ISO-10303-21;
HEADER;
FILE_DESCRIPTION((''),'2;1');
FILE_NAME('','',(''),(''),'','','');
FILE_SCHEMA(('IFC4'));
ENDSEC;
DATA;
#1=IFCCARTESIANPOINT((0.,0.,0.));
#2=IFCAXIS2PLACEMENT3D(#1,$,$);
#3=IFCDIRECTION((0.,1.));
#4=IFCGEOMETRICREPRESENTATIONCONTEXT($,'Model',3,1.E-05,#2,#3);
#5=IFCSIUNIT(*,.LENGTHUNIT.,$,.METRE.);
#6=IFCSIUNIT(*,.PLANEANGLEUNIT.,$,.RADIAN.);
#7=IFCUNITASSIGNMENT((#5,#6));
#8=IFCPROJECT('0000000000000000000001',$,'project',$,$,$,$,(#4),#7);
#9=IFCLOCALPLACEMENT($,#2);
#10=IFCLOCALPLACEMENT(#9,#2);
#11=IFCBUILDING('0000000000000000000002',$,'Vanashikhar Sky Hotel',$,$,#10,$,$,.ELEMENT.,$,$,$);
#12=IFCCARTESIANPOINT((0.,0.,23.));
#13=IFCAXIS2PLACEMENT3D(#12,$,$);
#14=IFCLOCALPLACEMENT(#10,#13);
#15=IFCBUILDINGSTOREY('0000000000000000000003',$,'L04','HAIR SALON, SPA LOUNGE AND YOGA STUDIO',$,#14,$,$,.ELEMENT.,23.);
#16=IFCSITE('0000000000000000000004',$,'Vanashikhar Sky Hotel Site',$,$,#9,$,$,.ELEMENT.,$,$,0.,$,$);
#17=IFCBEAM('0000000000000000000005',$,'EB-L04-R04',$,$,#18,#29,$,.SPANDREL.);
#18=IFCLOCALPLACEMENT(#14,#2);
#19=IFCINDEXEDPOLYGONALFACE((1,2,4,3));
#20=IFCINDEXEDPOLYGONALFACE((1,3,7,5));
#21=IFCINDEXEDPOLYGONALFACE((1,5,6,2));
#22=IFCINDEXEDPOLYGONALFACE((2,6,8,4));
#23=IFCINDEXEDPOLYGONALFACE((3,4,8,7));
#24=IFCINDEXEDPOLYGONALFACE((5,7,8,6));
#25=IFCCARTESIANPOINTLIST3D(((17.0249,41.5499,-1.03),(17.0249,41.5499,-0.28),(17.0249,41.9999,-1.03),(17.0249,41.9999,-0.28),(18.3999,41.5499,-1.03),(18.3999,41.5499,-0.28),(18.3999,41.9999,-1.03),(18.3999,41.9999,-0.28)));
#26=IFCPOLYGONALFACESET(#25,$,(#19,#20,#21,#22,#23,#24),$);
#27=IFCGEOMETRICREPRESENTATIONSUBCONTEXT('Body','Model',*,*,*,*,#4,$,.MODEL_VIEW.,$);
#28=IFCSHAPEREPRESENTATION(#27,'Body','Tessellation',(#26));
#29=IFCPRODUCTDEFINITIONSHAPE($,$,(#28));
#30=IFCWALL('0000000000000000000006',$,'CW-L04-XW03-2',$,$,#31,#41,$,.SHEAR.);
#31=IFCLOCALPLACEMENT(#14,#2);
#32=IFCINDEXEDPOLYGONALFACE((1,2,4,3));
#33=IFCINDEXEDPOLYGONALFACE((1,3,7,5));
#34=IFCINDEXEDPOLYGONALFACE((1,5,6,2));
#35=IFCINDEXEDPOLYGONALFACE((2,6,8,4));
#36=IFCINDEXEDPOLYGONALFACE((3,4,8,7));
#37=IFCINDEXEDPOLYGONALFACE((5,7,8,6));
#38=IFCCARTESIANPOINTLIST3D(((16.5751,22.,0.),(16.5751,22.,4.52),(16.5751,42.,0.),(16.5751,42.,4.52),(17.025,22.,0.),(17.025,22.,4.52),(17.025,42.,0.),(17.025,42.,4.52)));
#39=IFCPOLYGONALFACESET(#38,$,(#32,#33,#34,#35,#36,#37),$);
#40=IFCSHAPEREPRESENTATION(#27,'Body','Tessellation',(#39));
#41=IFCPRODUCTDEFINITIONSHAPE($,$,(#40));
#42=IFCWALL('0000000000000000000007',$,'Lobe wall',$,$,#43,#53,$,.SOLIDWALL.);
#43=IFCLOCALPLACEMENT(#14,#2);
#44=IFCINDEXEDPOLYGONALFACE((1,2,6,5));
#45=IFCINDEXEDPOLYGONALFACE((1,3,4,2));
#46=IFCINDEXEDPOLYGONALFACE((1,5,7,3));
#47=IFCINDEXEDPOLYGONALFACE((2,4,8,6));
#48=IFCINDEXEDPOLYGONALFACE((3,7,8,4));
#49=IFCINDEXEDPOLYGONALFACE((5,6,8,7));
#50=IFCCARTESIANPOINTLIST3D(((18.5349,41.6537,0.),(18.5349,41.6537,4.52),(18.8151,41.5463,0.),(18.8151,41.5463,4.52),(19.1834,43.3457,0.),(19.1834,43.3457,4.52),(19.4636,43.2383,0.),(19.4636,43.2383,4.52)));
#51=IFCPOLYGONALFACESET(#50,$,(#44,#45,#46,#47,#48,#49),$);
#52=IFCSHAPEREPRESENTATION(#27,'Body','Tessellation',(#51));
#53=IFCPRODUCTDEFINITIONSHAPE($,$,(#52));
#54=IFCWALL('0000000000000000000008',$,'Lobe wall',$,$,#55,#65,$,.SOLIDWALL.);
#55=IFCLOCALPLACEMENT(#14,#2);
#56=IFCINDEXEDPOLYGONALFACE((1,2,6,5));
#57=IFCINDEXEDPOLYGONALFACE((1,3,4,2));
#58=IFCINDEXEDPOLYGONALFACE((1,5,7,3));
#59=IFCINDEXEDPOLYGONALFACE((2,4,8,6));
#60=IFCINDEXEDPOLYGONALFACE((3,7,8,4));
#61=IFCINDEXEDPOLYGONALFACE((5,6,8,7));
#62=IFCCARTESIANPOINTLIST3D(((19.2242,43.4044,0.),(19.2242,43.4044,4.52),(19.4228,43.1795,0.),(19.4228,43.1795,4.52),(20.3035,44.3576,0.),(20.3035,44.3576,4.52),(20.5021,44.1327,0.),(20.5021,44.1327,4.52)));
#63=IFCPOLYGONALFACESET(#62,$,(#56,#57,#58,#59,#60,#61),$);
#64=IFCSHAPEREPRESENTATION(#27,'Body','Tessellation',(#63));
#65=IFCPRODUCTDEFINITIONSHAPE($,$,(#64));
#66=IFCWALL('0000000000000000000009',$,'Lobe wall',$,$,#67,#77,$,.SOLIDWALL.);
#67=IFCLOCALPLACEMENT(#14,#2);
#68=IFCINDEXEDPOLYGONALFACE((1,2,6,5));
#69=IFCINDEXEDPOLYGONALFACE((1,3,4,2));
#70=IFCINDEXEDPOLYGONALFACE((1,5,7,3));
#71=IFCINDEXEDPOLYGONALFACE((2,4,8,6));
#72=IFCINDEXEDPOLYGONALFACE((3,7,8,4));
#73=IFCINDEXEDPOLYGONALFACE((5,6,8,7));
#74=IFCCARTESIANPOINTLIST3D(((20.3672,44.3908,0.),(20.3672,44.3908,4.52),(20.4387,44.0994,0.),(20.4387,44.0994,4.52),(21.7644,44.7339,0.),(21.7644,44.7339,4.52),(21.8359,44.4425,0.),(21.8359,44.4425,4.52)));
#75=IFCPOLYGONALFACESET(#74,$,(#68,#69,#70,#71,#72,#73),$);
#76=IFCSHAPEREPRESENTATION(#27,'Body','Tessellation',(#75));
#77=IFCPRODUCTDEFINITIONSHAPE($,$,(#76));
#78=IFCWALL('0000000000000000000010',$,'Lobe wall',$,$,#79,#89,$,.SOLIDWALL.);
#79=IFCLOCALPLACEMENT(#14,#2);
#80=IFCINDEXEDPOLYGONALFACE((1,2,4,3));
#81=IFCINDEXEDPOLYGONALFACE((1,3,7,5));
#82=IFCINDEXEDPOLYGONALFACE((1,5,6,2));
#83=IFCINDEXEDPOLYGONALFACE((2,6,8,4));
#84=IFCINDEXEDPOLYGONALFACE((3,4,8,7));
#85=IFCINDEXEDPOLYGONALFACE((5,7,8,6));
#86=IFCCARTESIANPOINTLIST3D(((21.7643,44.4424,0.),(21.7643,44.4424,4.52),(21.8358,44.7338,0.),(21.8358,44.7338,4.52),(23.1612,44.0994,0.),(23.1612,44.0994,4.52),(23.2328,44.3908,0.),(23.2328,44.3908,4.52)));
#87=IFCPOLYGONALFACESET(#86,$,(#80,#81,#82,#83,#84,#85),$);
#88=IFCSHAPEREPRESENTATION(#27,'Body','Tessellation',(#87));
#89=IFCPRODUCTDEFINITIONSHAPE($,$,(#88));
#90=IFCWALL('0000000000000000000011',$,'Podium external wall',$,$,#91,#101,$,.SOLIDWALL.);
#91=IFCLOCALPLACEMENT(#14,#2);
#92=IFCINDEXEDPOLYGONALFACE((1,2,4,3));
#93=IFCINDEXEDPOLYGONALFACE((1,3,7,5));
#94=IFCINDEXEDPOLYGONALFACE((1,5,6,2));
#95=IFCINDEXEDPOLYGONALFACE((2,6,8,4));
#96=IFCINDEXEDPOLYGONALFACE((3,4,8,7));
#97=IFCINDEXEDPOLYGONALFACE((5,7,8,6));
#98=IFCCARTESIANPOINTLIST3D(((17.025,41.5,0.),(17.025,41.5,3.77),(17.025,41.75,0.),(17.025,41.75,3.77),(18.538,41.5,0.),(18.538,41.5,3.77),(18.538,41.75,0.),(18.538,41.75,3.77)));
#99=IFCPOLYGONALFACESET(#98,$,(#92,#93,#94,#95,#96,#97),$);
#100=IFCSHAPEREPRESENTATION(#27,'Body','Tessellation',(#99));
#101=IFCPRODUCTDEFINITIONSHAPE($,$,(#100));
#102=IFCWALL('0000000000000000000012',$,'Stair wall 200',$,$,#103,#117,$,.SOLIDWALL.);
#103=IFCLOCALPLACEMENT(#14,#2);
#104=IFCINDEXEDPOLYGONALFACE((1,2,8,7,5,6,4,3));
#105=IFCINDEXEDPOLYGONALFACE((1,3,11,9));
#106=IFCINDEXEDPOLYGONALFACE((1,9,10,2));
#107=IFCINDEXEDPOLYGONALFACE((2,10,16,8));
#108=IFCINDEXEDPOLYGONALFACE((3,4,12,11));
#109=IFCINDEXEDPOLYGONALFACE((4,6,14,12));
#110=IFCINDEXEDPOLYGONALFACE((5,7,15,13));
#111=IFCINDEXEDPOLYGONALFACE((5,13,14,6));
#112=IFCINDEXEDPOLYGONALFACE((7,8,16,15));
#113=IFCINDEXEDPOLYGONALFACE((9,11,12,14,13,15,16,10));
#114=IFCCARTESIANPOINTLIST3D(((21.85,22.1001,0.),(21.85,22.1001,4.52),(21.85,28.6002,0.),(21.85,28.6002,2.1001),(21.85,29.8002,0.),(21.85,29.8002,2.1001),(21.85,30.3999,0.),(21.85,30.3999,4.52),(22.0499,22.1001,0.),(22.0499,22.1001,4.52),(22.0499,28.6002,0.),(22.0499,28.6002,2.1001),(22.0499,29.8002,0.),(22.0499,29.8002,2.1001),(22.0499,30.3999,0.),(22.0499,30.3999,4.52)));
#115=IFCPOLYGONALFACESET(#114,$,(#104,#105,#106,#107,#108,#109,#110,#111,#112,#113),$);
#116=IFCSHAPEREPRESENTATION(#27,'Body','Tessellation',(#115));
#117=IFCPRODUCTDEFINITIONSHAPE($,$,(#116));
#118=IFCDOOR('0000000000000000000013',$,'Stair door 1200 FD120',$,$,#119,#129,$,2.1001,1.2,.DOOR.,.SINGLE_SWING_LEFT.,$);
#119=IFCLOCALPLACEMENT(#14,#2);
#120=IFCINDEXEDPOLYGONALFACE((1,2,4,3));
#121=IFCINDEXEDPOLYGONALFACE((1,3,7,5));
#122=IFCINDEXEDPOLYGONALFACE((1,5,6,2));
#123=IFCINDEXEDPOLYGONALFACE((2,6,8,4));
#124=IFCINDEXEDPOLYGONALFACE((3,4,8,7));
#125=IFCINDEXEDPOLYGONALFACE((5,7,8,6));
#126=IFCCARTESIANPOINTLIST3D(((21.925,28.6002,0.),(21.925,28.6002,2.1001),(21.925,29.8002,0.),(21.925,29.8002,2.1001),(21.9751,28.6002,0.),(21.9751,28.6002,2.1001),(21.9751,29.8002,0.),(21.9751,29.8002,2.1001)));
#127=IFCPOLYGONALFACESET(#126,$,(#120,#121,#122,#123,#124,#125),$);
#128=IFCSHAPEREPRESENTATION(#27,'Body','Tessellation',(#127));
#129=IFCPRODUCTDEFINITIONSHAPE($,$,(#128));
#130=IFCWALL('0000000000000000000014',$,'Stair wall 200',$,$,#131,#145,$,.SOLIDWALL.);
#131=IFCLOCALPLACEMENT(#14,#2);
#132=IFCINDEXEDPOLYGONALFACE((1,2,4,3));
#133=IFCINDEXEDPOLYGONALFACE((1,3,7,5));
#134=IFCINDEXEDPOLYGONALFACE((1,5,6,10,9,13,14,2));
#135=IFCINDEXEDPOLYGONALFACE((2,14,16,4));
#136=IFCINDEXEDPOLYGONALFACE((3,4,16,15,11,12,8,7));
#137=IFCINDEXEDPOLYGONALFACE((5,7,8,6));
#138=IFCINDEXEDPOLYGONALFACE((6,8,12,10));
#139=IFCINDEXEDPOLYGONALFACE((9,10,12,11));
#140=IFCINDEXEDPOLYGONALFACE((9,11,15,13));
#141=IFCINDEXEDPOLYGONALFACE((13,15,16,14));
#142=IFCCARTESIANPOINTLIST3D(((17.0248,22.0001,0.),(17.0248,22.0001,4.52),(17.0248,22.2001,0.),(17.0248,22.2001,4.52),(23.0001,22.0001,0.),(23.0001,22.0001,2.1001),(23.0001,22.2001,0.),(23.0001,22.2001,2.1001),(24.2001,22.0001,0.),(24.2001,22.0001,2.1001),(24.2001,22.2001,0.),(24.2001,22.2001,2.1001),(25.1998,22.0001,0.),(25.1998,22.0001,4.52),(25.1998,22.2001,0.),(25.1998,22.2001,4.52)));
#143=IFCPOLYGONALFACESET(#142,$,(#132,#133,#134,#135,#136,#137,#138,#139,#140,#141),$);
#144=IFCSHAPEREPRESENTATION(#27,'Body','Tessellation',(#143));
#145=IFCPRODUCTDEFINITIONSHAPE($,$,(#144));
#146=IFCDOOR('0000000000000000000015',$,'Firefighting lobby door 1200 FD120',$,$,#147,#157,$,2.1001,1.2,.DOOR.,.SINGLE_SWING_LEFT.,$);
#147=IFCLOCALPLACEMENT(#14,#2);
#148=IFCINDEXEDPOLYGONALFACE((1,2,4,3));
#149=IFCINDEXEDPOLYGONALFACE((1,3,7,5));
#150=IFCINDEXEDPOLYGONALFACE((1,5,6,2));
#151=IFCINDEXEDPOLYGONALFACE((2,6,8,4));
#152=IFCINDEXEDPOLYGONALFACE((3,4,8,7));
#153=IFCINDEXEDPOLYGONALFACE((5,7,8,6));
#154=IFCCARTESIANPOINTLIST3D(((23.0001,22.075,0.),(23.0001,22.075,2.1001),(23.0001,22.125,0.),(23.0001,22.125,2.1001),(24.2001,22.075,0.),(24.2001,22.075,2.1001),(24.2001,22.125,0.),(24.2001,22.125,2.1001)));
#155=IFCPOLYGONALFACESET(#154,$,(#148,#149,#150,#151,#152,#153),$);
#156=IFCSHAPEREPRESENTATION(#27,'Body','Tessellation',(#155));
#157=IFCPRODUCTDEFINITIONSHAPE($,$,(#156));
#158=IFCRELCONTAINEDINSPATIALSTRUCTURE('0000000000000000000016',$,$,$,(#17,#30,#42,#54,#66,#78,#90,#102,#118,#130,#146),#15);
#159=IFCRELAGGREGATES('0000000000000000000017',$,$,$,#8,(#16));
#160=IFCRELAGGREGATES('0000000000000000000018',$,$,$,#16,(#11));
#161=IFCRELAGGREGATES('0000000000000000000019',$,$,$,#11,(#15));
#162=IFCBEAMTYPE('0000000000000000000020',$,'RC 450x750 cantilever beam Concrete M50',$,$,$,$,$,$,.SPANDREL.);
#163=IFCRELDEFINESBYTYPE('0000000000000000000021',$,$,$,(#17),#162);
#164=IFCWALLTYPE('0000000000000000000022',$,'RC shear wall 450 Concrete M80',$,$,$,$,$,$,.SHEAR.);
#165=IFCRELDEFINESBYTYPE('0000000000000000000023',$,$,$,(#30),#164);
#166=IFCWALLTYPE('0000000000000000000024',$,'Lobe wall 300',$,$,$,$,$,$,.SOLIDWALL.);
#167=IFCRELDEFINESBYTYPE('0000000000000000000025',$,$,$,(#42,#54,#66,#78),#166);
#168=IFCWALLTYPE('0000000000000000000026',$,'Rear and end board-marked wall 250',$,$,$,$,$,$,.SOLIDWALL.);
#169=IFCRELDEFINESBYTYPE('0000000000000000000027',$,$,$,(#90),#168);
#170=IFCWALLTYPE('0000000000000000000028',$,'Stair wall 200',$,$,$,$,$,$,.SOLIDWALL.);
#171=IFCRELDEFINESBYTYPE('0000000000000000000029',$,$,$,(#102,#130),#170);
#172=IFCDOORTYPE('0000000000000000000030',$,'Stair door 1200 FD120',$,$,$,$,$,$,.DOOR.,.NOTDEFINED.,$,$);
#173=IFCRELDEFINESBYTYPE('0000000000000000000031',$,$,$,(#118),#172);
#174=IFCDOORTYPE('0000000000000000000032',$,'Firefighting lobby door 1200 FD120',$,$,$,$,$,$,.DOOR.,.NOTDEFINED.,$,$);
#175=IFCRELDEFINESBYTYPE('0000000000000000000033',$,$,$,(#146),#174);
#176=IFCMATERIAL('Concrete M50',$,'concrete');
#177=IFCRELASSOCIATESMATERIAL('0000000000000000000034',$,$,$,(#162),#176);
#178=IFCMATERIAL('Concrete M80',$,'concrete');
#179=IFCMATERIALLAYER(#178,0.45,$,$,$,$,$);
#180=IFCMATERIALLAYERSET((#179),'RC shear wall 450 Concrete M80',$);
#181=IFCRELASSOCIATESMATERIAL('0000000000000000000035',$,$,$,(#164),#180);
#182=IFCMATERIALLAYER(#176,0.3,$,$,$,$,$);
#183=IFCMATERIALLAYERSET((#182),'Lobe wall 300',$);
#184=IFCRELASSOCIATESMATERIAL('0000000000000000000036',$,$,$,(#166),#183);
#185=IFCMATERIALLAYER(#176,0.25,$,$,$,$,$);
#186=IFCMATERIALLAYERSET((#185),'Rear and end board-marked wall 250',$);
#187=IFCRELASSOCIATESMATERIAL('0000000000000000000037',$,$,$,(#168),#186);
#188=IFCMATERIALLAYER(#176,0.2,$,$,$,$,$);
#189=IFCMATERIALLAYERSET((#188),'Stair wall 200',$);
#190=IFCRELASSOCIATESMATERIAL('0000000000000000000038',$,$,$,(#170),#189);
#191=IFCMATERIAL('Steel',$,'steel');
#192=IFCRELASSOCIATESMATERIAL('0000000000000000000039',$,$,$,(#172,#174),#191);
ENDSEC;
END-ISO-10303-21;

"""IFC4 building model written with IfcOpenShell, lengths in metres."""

from ifc_helpers import new_model, si_unit, direction, frame, frame_2d, origin, origin_2d, place, context, subcontext, project, spatial, rectangle, extrude, source, transform, mapped, material, layer, layer_set, material_profile, profile_set, type_object, element, fill, save


model = new_model("IFC4")

# Units and contexts
model_context = context("Model", 3, precision=1e-05, world=origin(), true_north=direction((0.0, 1.0)))
body_context = subcontext(model_context, "Body", "Model", "MODEL_VIEW")
ifc_project = project(units=[si_unit("LENGTHUNIT", "METRE"), si_unit("PLANEANGLEUNIT", "RADIAN")], contexts=[model_context])

# Site, building, storey
site_placement = place(None, origin())
site = spatial("IfcSite", under=ifc_project, at=site_placement, Name="Vanashikhar Sky Hotel Site", CompositionType="ELEMENT", RefElevation=0.0)
building_placement = place(site_placement, origin())
building = spatial("IfcBuilding", under=site, at=building_placement, Name="Vanashikhar Sky Hotel", CompositionType="ELEMENT")
storey_placement = place(building_placement, frame((0.0, 0.0, 23.0)))
storey = spatial("IfcBuildingStorey", under=building, at=storey_placement, Name="L04", Description="HAIR SALON, SPA LOUNGE AND YOGA STUDIO", CompositionType="ELEMENT", Elevation=23.0)

# Beam
ifc_material_1 = material(Name="Concrete M50", Category="concrete")
ifc_material_profile = material_profile(ifc_material_1, rectangle(XDim=0.45, YDim=0.75, at=origin_2d()))
ifc_profile_set = profile_set([ifc_material_profile], Name="RC 450x750 cantilever beam Concrete M50")
beam_type = type_object("IfcBeamType", Name="RC 450x750 cantilever beam Concrete M50", PredefinedType="SPANDREL", material=ifc_profile_set)
shared_shape_1 = source(origin(), body_context, "Body", "SweptSolid", [
    extrude(rectangle(XDim=0.45, YDim=0.75, at=origin_2d()), origin(), (0.0, 0.0, 1.0), 1.375),
])
beam_placement = place(storey_placement, frame((17.0249, 41.7749, -0.655), z_axis=(1.0, 0.0, 0.0), x_axis=(0.0, 1.0, 0.0)))
element("IfcBeam", 1, at=beam_placement, inside=storey, type_object=beam_type, Name="EB-L04-R04", PredefinedType="SPANDREL", context=body_context, shape_type="MappedRepresentation", body=[
    mapped(shared_shape_1, transform((0.0, 0.0, 0.0), scale=1.0)),
])

# Walls
ifc_material_2 = material(Name="Concrete M80", Category="concrete")
ifc_layer_1 = layer(ifc_material_2, 0.45)
ifc_layer_set_1 = layer_set([ifc_layer_1], Name="RC shear wall 450 Concrete M80")
wall_type_1 = type_object("IfcWallType", Name="RC shear wall 450 Concrete M80", PredefinedType="SHEAR", material=ifc_layer_set_1)
shared_shape_2 = source(origin(), body_context, "Body", "SweptSolid", [
    extrude(rectangle(XDim=20.0, YDim=0.45, at=frame_2d((10.0, 0.0))), origin(), (0.0, 0.0, 1.0), 4.52),
])
wall_1_placement = place(storey_placement, frame((16.8, 22.0, 0.0), z_axis=(0.0, 0.0, 1.0), x_axis=(0.0, 1.0, 0.0)))
element("IfcWall", 2, at=wall_1_placement, inside=storey, type_object=wall_type_1, Name="CW-L04-XW03-2", PredefinedType="SHEAR", context=body_context, shape_type="MappedRepresentation", body=[
    mapped(shared_shape_2, transform((0.0, 0.0, 0.0), scale=1.0)),
])
ifc_layer_2 = layer(ifc_material_1, 0.3)
ifc_layer_set_2 = layer_set([ifc_layer_2], Name="Lobe wall 300")
wall_type_2 = type_object("IfcWallType", Name="Lobe wall 300", PredefinedType="SOLIDWALL", material=ifc_layer_set_2)
shared_shape_3 = source(origin(), body_context, "Body", "SweptSolid", [
    extrude(rectangle(XDim=1.812, YDim=0.3, at=frame_2d((0.906, 0.0))), origin(), (0.0, 0.0, 1.0), 4.52),
])
wall_2_placement = place(storey_placement, frame((19.3235, 43.292, 0.0), z_axis=(0.0, 0.0, 1.0), x_axis=(-0.357877, -0.933769, 0.0)))
element("IfcWall", 3, at=wall_2_placement, inside=storey, type_object=wall_type_2, Name="Lobe wall", PredefinedType="SOLIDWALL", context=body_context, shape_type="MappedRepresentation", body=[
    mapped(shared_shape_3, transform((0.0, 0.0, 0.0), scale=1.0)),
])
shared_shape_4 = source(origin(), body_context, "Body", "SweptSolid", [
    extrude(rectangle(XDim=1.4399, YDim=0.3, at=frame_2d((0.72, 0.0))), origin(), (0.0, 0.0, 1.0), 4.52),
])
wall_3_placement = place(storey_placement, frame((20.4028, 44.2451, 0.0), z_axis=(0.0, 0.0, 1.0), x_axis=(-0.749576, -0.661919, 0.0)))
element("IfcWall", 4, at=wall_3_placement, inside=storey, type_object=wall_type_2, Name="Lobe wall", PredefinedType="SOLIDWALL", context=body_context, shape_type="MappedRepresentation", body=[
    mapped(shared_shape_4, transform((0.0, 0.0, 0.0), scale=1.0)),
])
shared_shape_5 = source(origin(), body_context, "Body", "SweptSolid", [
    extrude(rectangle(XDim=1.4387, YDim=0.3, at=frame_2d((0.7192, 0.0))), origin(), (0.0, 0.0, 1.0), 4.52),
])
wall_4_placement = place(storey_placement, frame((21.8, 44.5881, 0.0), z_axis=(0.0, 0.0, 1.0), x_axis=(-0.971162, -0.238421, 0.0)))
element("IfcWall", 5, at=wall_4_placement, inside=storey, type_object=wall_type_2, Name="Lobe wall", PredefinedType="SOLIDWALL", context=body_context, shape_type="MappedRepresentation", body=[
    mapped(shared_shape_5, transform((0.0, 0.0, 0.0), scale=1.0)),
])
shared_shape_6 = source(origin(), body_context, "Body", "SweptSolid", [
    extrude(rectangle(XDim=1.4385, YDim=0.3, at=frame_2d((0.7192, 0.0))), origin(), (0.0, 0.0, 1.0), 4.52),
])
wall_5_placement = place(storey_placement, frame((23.197, 44.2451, 0.0), z_axis=(0.0, 0.0, 1.0), x_axis=(-0.971152, 0.23846, 0.0)))
element("IfcWall", 6, at=wall_5_placement, inside=storey, type_object=wall_type_2, Name="Lobe wall", PredefinedType="SOLIDWALL", context=body_context, shape_type="MappedRepresentation", body=[
    mapped(shared_shape_6, transform((0.0, 0.0, 0.0), scale=1.0)),
])
ifc_layer_3 = layer(ifc_material_1, 0.25)
ifc_layer_set_3 = layer_set([ifc_layer_3], Name="Rear and end board-marked wall 250")
wall_type_3 = type_object("IfcWallType", Name="Rear and end board-marked wall 250", PredefinedType="SOLIDWALL", material=ifc_layer_set_3)
shared_shape_7 = source(origin(), body_context, "Body", "SweptSolid", [
    extrude(rectangle(XDim=1.5129, YDim=0.25, at=frame_2d((0.7563, 0.0))), origin(), (0.0, 0.0, 1.0), 3.77),
])
wall_6_placement = place(storey_placement, frame((18.5378, 41.625, 0.0), z_axis=(0.0, 0.0, 1.0), x_axis=(-1.0, 0.0, 0.0)))
element("IfcWall", 7, at=wall_6_placement, inside=storey, type_object=wall_type_3, Name="Podium external wall", PredefinedType="SOLIDWALL", context=body_context, shape_type="MappedRepresentation", body=[
    mapped(shared_shape_7, transform((0.0, 0.0, 0.0), scale=1.0)),
])

# Walls, openings, doors
ifc_layer_4 = layer(ifc_material_1, 0.2)
ifc_layer_set_4 = layer_set([ifc_layer_4], Name="Stair wall 200")
wall_type_4 = type_object("IfcWallType", Name="Stair wall 200", PredefinedType="SOLIDWALL", material=ifc_layer_set_4)
shared_shape_8 = source(origin(), body_context, "Body", "SweptSolid", [
    extrude(rectangle(XDim=8.2998, YDim=0.2, at=frame_2d((4.1499, 0.0))), origin(), (0.0, 0.0, 1.0), 4.52),
])
wall_7_placement = place(storey_placement, frame((21.95, 22.1001, 0.0), z_axis=(0.0, 0.0, 1.0), x_axis=(0.0, 1.0, 0.0)))
wall_7 = element("IfcWall", 8, at=wall_7_placement, inside=storey, type_object=wall_type_4, Name="Stair wall 200", PredefinedType="SOLIDWALL", context=body_context, shape_type="MappedRepresentation", body=[
    mapped(shared_shape_8, transform((0.0, 0.0, 0.0), scale=1.0)),
])
shared_shape_9 = source(origin(), body_context, "Body", "SweptSolid", [
    extrude(rectangle(XDim=1.2, YDim=2.1001, at=frame_2d((0.6001, 1.05))), frame((0.0, 0.1099, 0.0), z_axis=(0.0, -1.0, 0.0), x_axis=(1.0, 0.0, 0.0)), (0.0, 0.0, 1.0), 0.22),
])
opening_1_placement = place(wall_7_placement, frame((6.5, 0.0, 0.0)))
opening_1 = element("IfcOpeningElement", 9, at=opening_1_placement, cuts=wall_7, PredefinedType="OPENING", context=body_context, shape_type="MappedRepresentation", body=[
    mapped(shared_shape_9, transform((0.0, 0.0, 0.0), scale=1.0)),
])
ifc_material_3 = material(Name="Steel", Category="steel")
door_type_1 = type_object("IfcDoorType", Name="Stair door 1200 FD120", OperationType="NOTDEFINED", PredefinedType="DOOR", material=ifc_material_3)
shared_shape_10 = source(origin(), body_context, "Body", "SweptSolid", [
    extrude(rectangle(XDim=1.2, YDim=2.1001, at=frame_2d((0.6001, 1.05))), frame((0.0, 0.0249, 0.0), z_axis=(0.0, -1.0, 0.0), x_axis=(1.0, 0.0, 0.0)), (0.0, 0.0, 1.0), 0.05),
])
door_1_placement = place(opening_1_placement, origin())
door_1 = element("IfcDoor", 10, at=door_1_placement, inside=storey, type_object=door_type_1, Name="Stair door 1200 FD120", OperationType="SINGLE_SWING_LEFT", OverallHeight=2.1001, OverallWidth=1.2, PredefinedType="DOOR", context=body_context, shape_type="MappedRepresentation", body=[
    mapped(shared_shape_10, transform((0.0, 0.0, 0.0), scale=1.0)),
])
fill(opening_1, door_1)
shared_shape_11 = source(origin(), body_context, "Body", "SweptSolid", [
    extrude(rectangle(XDim=8.175, YDim=0.2, at=frame_2d((4.0874, 0.0))), origin(), (0.0, 0.0, 1.0), 4.52),
])
wall_8_placement = place(storey_placement, frame((17.0249, 22.1001, 0.0), z_axis=(0.0, 0.0, 1.0), x_axis=(1.0, 0.0, 0.0)))
wall_8 = element("IfcWall", 11, at=wall_8_placement, inside=storey, type_object=wall_type_4, Name="Stair wall 200", PredefinedType="SOLIDWALL", context=body_context, shape_type="MappedRepresentation", body=[
    mapped(shared_shape_11, transform((0.0, 0.0, 0.0), scale=1.0)),
])
opening_2_placement = place(wall_8_placement, frame((5.9751, 0.0, 0.0)))
opening_2 = element("IfcOpeningElement", 12, at=opening_2_placement, cuts=wall_8, PredefinedType="OPENING", context=body_context, shape_type="MappedRepresentation", body=[
    mapped(shared_shape_9, transform((0.0, 0.0, 0.0), scale=1.0)),
])
door_type_2 = type_object("IfcDoorType", Name="Firefighting lobby door 1200 FD120", OperationType="NOTDEFINED", PredefinedType="DOOR", material=ifc_material_3)
door_2_placement = place(opening_2_placement, origin())
door_2 = element("IfcDoor", 13, at=door_2_placement, inside=storey, type_object=door_type_2, Name="Firefighting lobby door 1200 FD120", OperationType="SINGLE_SWING_LEFT", OverallHeight=2.1001, OverallWidth=1.2, PredefinedType="DOOR", context=body_context, shape_type="MappedRepresentation", body=[
    mapped(shared_shape_10, transform((0.0, 0.0, 0.0), scale=1.0)),
])
fill(opening_2, door_2)

save(model, "model.ifc")
